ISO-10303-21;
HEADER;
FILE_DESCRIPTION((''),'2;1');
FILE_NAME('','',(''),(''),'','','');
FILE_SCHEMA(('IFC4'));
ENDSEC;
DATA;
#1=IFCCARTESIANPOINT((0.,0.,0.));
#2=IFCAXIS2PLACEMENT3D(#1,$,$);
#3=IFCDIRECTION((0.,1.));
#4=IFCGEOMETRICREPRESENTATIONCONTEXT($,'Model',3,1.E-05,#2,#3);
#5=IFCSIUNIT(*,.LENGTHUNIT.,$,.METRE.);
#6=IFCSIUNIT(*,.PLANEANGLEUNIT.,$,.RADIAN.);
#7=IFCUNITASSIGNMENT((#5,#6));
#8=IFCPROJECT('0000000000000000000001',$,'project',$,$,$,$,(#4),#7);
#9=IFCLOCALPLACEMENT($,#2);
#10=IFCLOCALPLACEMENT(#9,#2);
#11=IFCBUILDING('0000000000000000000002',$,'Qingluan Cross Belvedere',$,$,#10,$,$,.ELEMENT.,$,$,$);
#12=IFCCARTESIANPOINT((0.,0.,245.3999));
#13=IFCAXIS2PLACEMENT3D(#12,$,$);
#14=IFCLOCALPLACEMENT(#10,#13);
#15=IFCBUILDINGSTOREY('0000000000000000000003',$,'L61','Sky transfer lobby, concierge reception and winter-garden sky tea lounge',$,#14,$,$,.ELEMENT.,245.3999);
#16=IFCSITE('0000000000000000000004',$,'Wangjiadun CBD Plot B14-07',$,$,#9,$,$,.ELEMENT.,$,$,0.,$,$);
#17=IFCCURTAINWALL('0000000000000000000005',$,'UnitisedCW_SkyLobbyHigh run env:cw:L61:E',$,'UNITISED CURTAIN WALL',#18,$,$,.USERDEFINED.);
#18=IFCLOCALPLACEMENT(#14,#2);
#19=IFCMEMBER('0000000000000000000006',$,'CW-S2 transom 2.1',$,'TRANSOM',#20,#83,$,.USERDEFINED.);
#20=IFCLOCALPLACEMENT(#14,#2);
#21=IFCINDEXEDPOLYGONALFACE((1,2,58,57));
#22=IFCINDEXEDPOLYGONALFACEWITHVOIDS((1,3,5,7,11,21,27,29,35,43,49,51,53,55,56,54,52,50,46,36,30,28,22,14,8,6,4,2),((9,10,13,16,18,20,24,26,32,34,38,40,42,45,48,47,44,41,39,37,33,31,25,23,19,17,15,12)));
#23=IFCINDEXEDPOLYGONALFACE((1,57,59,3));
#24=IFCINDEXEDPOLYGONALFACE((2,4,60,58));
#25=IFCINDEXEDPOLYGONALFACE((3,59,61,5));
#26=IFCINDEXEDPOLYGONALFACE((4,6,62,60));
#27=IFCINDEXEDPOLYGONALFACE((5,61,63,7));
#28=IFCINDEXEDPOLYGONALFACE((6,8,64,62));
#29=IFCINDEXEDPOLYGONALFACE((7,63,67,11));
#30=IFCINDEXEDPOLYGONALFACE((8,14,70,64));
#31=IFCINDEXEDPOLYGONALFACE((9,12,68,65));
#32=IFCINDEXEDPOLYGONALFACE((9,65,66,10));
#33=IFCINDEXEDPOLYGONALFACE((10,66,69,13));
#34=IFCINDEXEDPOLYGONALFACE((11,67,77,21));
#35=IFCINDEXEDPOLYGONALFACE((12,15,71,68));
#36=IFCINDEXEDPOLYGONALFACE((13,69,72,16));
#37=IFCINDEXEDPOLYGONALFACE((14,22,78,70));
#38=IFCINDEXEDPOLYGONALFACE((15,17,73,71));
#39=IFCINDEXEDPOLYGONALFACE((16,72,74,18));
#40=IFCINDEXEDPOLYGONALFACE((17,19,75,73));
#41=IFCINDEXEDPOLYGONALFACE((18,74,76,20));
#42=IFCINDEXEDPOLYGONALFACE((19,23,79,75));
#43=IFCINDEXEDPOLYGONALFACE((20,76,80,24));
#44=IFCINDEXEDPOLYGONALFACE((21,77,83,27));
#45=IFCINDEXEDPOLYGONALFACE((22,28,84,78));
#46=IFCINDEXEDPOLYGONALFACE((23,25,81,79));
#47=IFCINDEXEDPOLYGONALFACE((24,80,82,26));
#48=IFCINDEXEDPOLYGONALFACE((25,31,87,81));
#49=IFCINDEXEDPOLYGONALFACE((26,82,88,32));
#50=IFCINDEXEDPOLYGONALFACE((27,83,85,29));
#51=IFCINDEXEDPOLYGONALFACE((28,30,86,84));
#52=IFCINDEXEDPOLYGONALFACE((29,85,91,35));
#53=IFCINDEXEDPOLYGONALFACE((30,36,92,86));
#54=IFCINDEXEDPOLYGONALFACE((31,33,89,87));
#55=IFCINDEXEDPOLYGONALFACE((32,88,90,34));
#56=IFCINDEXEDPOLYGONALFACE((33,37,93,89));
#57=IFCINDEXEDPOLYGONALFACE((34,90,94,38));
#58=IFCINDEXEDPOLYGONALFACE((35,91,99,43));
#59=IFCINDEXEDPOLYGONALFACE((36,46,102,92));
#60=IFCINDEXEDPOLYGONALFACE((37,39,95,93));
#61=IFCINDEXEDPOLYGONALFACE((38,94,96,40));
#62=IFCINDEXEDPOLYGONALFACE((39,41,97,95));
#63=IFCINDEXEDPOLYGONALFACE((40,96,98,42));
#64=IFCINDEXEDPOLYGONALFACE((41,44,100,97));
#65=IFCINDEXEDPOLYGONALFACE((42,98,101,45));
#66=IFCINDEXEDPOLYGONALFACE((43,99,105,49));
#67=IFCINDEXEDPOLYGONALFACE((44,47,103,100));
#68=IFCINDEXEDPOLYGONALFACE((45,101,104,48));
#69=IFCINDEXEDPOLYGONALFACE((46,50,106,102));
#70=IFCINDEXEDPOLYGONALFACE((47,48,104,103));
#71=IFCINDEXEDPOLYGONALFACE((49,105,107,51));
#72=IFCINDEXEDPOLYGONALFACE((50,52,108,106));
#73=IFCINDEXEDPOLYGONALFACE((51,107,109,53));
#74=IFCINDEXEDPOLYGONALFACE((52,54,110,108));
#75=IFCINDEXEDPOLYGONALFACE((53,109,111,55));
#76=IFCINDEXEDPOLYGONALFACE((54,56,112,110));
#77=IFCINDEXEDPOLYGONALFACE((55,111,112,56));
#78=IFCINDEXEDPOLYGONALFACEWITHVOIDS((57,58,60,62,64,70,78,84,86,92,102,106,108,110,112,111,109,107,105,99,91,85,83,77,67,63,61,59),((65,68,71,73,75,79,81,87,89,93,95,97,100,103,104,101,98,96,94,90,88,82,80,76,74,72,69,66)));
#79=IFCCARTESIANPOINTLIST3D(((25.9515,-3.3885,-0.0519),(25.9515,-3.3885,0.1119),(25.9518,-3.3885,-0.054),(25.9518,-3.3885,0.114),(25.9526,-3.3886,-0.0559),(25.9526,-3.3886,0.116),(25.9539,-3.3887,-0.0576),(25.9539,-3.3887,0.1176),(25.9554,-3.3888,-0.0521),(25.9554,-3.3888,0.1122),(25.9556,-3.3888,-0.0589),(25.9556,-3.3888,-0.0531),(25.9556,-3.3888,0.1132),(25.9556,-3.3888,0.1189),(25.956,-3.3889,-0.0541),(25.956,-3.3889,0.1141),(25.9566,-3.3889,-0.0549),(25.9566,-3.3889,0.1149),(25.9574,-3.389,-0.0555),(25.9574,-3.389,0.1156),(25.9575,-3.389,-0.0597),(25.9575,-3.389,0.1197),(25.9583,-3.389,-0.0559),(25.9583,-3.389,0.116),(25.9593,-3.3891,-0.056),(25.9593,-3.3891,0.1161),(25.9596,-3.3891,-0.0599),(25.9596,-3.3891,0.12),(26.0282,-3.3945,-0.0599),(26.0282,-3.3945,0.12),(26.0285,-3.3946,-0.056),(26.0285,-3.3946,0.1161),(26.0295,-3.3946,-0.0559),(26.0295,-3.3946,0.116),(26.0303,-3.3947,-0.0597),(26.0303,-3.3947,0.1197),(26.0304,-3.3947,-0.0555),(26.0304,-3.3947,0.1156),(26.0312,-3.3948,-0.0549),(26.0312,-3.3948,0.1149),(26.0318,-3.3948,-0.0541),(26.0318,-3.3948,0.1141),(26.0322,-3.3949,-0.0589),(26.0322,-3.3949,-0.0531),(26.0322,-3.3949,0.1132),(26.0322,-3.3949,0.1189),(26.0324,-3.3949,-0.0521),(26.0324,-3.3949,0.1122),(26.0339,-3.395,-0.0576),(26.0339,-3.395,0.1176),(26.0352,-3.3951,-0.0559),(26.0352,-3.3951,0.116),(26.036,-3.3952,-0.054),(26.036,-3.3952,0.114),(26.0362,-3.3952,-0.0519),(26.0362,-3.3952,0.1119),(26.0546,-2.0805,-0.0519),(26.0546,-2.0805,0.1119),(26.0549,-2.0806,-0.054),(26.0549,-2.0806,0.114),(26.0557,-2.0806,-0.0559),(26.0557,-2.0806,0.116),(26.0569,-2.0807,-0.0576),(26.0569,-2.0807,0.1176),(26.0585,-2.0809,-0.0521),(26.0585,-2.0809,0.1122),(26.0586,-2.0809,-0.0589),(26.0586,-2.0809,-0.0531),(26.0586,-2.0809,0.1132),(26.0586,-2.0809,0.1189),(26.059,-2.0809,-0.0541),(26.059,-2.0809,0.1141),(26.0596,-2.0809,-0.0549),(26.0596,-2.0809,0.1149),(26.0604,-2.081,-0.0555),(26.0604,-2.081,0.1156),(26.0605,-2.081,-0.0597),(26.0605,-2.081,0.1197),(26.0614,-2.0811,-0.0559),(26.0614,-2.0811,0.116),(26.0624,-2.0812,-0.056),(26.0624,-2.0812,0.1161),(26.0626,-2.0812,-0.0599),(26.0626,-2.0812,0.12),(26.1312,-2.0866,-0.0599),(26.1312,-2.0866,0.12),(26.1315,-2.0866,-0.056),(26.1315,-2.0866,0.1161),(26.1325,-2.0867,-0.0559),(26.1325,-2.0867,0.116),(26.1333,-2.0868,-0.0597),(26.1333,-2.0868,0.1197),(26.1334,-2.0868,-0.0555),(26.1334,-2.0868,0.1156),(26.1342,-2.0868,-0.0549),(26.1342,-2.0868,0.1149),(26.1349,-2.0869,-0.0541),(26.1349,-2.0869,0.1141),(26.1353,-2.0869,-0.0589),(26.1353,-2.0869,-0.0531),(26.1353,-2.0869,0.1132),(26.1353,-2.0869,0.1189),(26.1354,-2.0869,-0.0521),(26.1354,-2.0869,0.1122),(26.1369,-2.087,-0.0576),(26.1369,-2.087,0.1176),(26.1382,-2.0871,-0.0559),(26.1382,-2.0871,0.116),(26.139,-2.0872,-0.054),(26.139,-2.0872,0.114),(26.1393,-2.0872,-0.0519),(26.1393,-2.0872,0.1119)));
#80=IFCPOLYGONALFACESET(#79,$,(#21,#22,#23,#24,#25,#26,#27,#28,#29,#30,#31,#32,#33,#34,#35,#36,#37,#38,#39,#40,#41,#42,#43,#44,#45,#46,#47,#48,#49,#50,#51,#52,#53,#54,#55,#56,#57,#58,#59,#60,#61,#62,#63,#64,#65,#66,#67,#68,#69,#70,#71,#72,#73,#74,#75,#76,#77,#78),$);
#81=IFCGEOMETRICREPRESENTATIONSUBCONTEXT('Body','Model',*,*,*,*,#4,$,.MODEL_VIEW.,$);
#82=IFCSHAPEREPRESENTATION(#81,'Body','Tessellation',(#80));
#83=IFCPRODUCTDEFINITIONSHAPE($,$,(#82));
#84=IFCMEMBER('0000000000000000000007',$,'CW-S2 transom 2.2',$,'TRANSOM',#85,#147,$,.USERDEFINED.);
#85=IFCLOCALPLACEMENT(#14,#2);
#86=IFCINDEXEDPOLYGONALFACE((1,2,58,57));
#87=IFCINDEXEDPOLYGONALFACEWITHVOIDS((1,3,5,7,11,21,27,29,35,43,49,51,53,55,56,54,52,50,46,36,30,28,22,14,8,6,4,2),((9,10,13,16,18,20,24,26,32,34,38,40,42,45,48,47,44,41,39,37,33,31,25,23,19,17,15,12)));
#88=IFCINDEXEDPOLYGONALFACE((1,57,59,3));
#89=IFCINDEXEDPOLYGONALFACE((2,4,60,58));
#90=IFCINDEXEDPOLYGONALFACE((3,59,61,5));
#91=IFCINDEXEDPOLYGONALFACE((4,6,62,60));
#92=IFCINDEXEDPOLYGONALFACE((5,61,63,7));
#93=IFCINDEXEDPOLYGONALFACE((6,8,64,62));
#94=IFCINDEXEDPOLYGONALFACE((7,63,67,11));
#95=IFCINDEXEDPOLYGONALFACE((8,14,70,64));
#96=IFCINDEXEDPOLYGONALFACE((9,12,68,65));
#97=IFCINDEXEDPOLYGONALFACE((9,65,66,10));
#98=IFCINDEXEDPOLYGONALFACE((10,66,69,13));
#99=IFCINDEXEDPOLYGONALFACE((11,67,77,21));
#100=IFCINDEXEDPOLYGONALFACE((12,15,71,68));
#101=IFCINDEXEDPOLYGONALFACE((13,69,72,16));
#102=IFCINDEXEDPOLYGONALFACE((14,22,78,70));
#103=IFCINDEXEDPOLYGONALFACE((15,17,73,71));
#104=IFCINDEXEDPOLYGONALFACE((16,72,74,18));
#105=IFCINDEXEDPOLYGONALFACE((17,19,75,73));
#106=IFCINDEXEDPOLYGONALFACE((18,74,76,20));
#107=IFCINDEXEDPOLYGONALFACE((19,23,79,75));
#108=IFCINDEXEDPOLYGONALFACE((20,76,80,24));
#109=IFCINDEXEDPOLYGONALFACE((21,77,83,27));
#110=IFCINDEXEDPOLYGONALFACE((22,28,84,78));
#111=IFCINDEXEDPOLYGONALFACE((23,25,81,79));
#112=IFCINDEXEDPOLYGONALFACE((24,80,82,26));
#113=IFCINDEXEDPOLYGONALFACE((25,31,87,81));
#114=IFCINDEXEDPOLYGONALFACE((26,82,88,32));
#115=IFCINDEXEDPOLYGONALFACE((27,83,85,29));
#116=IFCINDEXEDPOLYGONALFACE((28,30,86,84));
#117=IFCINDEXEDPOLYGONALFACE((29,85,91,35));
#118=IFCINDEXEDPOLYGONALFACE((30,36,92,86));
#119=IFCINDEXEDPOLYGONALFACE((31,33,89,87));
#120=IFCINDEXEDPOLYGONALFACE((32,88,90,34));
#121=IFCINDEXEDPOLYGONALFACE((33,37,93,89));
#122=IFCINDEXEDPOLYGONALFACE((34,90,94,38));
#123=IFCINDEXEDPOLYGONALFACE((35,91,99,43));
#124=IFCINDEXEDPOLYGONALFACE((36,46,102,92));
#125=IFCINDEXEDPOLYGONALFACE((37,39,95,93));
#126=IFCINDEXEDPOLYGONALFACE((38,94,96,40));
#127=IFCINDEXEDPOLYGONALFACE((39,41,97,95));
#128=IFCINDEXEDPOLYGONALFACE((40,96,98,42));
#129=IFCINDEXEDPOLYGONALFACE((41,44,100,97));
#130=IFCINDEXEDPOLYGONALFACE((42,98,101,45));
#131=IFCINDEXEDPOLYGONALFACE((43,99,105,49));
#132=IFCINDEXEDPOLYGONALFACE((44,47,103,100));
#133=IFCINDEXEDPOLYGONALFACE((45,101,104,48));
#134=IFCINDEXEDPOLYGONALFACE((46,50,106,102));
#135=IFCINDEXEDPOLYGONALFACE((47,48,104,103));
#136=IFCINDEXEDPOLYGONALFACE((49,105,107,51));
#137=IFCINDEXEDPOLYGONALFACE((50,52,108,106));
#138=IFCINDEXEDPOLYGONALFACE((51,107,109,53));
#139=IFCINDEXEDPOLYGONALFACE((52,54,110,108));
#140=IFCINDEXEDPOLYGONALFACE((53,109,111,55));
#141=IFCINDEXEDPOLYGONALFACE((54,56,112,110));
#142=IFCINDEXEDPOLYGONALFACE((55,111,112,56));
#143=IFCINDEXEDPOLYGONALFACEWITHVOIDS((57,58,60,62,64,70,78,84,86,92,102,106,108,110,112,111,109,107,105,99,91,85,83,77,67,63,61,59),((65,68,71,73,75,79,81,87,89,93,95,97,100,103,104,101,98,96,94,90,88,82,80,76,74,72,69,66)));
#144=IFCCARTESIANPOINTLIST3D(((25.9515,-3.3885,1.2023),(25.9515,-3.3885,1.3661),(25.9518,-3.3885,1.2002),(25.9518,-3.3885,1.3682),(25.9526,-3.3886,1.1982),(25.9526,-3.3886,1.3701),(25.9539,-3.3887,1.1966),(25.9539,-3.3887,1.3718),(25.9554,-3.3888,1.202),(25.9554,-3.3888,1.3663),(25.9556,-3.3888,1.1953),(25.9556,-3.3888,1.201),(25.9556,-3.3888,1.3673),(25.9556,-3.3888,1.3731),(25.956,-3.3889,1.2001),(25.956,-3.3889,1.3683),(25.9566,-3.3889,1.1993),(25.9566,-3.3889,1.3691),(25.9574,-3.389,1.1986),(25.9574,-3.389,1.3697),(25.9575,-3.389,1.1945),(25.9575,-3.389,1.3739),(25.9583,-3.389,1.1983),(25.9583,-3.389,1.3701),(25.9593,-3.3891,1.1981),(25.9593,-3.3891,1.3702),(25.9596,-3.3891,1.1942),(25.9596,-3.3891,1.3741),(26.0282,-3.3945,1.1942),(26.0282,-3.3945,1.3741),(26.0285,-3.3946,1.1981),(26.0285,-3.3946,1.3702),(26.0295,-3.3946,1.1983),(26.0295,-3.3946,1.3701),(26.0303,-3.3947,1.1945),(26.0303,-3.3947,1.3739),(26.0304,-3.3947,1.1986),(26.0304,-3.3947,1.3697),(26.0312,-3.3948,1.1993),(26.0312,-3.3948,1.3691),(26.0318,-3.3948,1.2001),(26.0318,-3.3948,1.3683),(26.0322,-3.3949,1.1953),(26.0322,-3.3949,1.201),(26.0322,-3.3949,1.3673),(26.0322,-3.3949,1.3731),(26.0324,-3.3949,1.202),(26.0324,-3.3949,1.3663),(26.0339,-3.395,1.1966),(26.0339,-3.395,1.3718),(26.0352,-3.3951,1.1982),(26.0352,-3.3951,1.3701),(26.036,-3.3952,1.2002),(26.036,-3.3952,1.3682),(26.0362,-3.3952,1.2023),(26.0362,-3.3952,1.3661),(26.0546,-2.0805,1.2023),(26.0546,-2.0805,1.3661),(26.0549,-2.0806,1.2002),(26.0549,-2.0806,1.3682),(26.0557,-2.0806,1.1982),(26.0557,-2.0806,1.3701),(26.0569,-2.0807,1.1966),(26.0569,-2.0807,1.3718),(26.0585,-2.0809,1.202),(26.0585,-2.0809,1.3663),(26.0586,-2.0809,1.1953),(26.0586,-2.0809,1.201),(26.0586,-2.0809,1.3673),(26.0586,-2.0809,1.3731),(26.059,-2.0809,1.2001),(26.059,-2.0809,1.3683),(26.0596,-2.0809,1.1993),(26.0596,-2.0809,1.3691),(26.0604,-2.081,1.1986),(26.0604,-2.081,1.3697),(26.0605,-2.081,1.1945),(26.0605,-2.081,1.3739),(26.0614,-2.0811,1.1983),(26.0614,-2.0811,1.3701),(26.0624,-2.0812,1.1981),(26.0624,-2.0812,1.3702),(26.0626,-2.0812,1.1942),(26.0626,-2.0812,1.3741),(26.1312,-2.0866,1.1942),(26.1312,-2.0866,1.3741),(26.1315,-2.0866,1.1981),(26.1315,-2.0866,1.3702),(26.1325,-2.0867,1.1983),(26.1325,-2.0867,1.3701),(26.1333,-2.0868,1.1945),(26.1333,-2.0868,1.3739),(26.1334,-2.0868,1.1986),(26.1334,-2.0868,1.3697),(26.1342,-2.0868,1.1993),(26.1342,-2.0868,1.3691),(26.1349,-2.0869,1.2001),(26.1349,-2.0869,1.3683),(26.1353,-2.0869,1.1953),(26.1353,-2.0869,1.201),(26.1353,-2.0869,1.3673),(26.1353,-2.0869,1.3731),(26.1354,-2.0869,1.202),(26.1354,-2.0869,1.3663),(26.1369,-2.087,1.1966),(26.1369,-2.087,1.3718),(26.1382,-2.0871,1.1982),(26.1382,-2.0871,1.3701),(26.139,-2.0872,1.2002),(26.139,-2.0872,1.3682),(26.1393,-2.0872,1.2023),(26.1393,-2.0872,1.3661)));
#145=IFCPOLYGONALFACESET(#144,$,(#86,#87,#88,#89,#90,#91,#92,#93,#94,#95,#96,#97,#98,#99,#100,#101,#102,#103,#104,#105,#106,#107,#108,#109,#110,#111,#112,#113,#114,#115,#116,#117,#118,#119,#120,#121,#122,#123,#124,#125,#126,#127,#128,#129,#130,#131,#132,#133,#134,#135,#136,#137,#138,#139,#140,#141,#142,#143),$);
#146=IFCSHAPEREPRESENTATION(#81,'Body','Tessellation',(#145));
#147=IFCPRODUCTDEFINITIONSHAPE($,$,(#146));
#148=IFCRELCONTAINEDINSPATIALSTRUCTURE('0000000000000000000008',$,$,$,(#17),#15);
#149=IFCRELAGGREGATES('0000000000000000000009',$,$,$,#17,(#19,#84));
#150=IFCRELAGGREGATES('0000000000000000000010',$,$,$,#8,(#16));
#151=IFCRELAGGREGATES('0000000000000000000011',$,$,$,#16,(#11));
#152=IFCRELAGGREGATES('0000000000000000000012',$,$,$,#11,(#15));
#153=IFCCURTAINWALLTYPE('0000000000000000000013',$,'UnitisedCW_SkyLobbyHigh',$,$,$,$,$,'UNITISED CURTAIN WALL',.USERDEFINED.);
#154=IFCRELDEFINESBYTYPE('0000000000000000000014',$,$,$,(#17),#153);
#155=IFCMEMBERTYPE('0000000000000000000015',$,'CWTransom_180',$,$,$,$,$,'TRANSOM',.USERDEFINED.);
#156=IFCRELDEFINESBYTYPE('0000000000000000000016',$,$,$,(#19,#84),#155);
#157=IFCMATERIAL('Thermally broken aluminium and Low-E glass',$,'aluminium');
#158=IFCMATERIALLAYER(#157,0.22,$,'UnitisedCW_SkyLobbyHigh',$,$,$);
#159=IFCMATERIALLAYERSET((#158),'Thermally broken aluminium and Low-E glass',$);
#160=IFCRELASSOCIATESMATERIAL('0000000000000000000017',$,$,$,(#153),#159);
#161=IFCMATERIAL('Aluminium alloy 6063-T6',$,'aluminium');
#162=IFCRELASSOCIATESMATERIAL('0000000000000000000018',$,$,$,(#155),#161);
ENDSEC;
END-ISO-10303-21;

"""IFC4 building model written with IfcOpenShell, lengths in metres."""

from ifc_helpers import new_model, si_unit, direction, frame, origin, origin_2d, place, context, subcontext, project, spatial, hollow_rectangle, extrude, material, layer, layer_set, material_profile, profile_set, type_object, element, aggregate, save


model = new_model("IFC4")

# Units and contexts
model_context = context("Model", 3, precision=1e-05, world=origin(), true_north=direction((0.0, 1.0)))
body_context = subcontext(model_context, "Body", "Model", "MODEL_VIEW")
ifc_project = project(units=[si_unit("LENGTHUNIT", "METRE"), si_unit("PLANEANGLEUNIT", "RADIAN")], contexts=[model_context])

# Site, building, storey
site_placement = place(None, origin())
site = spatial("IfcSite", under=ifc_project, at=site_placement, Name="Wangjiadun CBD Plot B14-07", CompositionType="ELEMENT", RefElevation=0.0)
building_placement = place(site_placement, origin())
building = spatial("IfcBuilding", under=site, at=building_placement, Name="Qingluan Cross Belvedere", CompositionType="ELEMENT")
storey_placement = place(building_placement, frame((0.0, 0.0, 245.3999)))
storey = spatial("IfcBuildingStorey", under=building, at=storey_placement, Name="L61", Description="Sky transfer lobby, concierge reception and winter-garden sky tea lounge", CompositionType="ELEMENT", Elevation=245.3999)

# Curtain wall, members
ifc_material_1 = material(Name="Thermally broken aluminium and Low-E glass", Category="aluminium")
ifc_layer_1 = layer(ifc_material_1, 0.22, Name="UnitisedCW_SkyLobbyHigh")
ifc_layer_set_1 = layer_set([ifc_layer_1], Name="Thermally broken aluminium and Low-E glass")
curtain_wall_type = type_object("IfcCurtainWallType", Name="UnitisedCW_SkyLobbyHigh", ElementType="UNITISED CURTAIN WALL", PredefinedType="USERDEFINED", material=ifc_layer_set_1)
curtain_wall_placement = place(storey_placement, origin())
curtain_wall = element("IfcCurtainWall", 1, at=curtain_wall_placement, inside=storey, type_object=curtain_wall_type, Name="UnitisedCW_SkyLobbyHigh run env:cw:L61:E", ObjectType="UNITISED CURTAIN WALL", PredefinedType="USERDEFINED")
ifc_material_2 = material(Name="Aluminium alloy 6063-T6", Category="aluminium")
ifc_material_profile_1 = material_profile(ifc_material_2, hollow_rectangle(XDim=0.085, YDim=0.1799, WallThickness=0.0039, InnerFilletRadius=0.0039, OuterFilletRadius=0.0081, at=origin_2d()), Name="CWT180x85x4")
ifc_profile_set_1 = profile_set([ifc_material_profile_1], Name="Aluminium alloy 6063-T6")
member_type_1 = type_object("IfcMemberType", Name="CWTransom_180", ElementType="TRANSOM", PredefinedType="USERDEFINED", material=ifc_profile_set_1)
member_1_placement = place(storey_placement, frame((25.9939, -3.3918, 0.03), z_axis=(0.078532, 0.996912, 0.0), x_axis=(-0.996912, 0.078532, 0.0)))
member_1 = element("IfcMember", 2, at=member_1_placement, type_object=member_type_1, Name="CW-S2 transom 2.1", ObjectType="TRANSOM", PredefinedType="USERDEFINED", context=body_context, shape_type="SweptSolid", body=[
    extrude(hollow_rectangle(XDim=0.085, YDim=0.1799, WallThickness=0.0039, InnerFilletRadius=0.0039, OuterFilletRadius=0.0081, at=origin_2d()), origin(), (0.0, 0.0, 1.0), 1.312),
])
member_2_placement = place(storey_placement, frame((25.9939, -3.3918, 1.2842), z_axis=(0.078532, 0.996912, 0.0), x_axis=(-0.996912, 0.078532, 0.0)))
member_2 = element("IfcMember", 3, at=member_2_placement, type_object=member_type_1, Name="CW-S2 transom 2.2", ObjectType="TRANSOM", PredefinedType="USERDEFINED", context=body_context, shape_type="SweptSolid", body=[
    extrude(hollow_rectangle(XDim=0.085, YDim=0.1799, WallThickness=0.0039, InnerFilletRadius=0.0039, OuterFilletRadius=0.0081, at=origin_2d()), origin(), (0.0, 0.0, 1.0), 1.312),
])
aggregate(curtain_wall, [member_1, member_2])

save(model, "model.ifc")
